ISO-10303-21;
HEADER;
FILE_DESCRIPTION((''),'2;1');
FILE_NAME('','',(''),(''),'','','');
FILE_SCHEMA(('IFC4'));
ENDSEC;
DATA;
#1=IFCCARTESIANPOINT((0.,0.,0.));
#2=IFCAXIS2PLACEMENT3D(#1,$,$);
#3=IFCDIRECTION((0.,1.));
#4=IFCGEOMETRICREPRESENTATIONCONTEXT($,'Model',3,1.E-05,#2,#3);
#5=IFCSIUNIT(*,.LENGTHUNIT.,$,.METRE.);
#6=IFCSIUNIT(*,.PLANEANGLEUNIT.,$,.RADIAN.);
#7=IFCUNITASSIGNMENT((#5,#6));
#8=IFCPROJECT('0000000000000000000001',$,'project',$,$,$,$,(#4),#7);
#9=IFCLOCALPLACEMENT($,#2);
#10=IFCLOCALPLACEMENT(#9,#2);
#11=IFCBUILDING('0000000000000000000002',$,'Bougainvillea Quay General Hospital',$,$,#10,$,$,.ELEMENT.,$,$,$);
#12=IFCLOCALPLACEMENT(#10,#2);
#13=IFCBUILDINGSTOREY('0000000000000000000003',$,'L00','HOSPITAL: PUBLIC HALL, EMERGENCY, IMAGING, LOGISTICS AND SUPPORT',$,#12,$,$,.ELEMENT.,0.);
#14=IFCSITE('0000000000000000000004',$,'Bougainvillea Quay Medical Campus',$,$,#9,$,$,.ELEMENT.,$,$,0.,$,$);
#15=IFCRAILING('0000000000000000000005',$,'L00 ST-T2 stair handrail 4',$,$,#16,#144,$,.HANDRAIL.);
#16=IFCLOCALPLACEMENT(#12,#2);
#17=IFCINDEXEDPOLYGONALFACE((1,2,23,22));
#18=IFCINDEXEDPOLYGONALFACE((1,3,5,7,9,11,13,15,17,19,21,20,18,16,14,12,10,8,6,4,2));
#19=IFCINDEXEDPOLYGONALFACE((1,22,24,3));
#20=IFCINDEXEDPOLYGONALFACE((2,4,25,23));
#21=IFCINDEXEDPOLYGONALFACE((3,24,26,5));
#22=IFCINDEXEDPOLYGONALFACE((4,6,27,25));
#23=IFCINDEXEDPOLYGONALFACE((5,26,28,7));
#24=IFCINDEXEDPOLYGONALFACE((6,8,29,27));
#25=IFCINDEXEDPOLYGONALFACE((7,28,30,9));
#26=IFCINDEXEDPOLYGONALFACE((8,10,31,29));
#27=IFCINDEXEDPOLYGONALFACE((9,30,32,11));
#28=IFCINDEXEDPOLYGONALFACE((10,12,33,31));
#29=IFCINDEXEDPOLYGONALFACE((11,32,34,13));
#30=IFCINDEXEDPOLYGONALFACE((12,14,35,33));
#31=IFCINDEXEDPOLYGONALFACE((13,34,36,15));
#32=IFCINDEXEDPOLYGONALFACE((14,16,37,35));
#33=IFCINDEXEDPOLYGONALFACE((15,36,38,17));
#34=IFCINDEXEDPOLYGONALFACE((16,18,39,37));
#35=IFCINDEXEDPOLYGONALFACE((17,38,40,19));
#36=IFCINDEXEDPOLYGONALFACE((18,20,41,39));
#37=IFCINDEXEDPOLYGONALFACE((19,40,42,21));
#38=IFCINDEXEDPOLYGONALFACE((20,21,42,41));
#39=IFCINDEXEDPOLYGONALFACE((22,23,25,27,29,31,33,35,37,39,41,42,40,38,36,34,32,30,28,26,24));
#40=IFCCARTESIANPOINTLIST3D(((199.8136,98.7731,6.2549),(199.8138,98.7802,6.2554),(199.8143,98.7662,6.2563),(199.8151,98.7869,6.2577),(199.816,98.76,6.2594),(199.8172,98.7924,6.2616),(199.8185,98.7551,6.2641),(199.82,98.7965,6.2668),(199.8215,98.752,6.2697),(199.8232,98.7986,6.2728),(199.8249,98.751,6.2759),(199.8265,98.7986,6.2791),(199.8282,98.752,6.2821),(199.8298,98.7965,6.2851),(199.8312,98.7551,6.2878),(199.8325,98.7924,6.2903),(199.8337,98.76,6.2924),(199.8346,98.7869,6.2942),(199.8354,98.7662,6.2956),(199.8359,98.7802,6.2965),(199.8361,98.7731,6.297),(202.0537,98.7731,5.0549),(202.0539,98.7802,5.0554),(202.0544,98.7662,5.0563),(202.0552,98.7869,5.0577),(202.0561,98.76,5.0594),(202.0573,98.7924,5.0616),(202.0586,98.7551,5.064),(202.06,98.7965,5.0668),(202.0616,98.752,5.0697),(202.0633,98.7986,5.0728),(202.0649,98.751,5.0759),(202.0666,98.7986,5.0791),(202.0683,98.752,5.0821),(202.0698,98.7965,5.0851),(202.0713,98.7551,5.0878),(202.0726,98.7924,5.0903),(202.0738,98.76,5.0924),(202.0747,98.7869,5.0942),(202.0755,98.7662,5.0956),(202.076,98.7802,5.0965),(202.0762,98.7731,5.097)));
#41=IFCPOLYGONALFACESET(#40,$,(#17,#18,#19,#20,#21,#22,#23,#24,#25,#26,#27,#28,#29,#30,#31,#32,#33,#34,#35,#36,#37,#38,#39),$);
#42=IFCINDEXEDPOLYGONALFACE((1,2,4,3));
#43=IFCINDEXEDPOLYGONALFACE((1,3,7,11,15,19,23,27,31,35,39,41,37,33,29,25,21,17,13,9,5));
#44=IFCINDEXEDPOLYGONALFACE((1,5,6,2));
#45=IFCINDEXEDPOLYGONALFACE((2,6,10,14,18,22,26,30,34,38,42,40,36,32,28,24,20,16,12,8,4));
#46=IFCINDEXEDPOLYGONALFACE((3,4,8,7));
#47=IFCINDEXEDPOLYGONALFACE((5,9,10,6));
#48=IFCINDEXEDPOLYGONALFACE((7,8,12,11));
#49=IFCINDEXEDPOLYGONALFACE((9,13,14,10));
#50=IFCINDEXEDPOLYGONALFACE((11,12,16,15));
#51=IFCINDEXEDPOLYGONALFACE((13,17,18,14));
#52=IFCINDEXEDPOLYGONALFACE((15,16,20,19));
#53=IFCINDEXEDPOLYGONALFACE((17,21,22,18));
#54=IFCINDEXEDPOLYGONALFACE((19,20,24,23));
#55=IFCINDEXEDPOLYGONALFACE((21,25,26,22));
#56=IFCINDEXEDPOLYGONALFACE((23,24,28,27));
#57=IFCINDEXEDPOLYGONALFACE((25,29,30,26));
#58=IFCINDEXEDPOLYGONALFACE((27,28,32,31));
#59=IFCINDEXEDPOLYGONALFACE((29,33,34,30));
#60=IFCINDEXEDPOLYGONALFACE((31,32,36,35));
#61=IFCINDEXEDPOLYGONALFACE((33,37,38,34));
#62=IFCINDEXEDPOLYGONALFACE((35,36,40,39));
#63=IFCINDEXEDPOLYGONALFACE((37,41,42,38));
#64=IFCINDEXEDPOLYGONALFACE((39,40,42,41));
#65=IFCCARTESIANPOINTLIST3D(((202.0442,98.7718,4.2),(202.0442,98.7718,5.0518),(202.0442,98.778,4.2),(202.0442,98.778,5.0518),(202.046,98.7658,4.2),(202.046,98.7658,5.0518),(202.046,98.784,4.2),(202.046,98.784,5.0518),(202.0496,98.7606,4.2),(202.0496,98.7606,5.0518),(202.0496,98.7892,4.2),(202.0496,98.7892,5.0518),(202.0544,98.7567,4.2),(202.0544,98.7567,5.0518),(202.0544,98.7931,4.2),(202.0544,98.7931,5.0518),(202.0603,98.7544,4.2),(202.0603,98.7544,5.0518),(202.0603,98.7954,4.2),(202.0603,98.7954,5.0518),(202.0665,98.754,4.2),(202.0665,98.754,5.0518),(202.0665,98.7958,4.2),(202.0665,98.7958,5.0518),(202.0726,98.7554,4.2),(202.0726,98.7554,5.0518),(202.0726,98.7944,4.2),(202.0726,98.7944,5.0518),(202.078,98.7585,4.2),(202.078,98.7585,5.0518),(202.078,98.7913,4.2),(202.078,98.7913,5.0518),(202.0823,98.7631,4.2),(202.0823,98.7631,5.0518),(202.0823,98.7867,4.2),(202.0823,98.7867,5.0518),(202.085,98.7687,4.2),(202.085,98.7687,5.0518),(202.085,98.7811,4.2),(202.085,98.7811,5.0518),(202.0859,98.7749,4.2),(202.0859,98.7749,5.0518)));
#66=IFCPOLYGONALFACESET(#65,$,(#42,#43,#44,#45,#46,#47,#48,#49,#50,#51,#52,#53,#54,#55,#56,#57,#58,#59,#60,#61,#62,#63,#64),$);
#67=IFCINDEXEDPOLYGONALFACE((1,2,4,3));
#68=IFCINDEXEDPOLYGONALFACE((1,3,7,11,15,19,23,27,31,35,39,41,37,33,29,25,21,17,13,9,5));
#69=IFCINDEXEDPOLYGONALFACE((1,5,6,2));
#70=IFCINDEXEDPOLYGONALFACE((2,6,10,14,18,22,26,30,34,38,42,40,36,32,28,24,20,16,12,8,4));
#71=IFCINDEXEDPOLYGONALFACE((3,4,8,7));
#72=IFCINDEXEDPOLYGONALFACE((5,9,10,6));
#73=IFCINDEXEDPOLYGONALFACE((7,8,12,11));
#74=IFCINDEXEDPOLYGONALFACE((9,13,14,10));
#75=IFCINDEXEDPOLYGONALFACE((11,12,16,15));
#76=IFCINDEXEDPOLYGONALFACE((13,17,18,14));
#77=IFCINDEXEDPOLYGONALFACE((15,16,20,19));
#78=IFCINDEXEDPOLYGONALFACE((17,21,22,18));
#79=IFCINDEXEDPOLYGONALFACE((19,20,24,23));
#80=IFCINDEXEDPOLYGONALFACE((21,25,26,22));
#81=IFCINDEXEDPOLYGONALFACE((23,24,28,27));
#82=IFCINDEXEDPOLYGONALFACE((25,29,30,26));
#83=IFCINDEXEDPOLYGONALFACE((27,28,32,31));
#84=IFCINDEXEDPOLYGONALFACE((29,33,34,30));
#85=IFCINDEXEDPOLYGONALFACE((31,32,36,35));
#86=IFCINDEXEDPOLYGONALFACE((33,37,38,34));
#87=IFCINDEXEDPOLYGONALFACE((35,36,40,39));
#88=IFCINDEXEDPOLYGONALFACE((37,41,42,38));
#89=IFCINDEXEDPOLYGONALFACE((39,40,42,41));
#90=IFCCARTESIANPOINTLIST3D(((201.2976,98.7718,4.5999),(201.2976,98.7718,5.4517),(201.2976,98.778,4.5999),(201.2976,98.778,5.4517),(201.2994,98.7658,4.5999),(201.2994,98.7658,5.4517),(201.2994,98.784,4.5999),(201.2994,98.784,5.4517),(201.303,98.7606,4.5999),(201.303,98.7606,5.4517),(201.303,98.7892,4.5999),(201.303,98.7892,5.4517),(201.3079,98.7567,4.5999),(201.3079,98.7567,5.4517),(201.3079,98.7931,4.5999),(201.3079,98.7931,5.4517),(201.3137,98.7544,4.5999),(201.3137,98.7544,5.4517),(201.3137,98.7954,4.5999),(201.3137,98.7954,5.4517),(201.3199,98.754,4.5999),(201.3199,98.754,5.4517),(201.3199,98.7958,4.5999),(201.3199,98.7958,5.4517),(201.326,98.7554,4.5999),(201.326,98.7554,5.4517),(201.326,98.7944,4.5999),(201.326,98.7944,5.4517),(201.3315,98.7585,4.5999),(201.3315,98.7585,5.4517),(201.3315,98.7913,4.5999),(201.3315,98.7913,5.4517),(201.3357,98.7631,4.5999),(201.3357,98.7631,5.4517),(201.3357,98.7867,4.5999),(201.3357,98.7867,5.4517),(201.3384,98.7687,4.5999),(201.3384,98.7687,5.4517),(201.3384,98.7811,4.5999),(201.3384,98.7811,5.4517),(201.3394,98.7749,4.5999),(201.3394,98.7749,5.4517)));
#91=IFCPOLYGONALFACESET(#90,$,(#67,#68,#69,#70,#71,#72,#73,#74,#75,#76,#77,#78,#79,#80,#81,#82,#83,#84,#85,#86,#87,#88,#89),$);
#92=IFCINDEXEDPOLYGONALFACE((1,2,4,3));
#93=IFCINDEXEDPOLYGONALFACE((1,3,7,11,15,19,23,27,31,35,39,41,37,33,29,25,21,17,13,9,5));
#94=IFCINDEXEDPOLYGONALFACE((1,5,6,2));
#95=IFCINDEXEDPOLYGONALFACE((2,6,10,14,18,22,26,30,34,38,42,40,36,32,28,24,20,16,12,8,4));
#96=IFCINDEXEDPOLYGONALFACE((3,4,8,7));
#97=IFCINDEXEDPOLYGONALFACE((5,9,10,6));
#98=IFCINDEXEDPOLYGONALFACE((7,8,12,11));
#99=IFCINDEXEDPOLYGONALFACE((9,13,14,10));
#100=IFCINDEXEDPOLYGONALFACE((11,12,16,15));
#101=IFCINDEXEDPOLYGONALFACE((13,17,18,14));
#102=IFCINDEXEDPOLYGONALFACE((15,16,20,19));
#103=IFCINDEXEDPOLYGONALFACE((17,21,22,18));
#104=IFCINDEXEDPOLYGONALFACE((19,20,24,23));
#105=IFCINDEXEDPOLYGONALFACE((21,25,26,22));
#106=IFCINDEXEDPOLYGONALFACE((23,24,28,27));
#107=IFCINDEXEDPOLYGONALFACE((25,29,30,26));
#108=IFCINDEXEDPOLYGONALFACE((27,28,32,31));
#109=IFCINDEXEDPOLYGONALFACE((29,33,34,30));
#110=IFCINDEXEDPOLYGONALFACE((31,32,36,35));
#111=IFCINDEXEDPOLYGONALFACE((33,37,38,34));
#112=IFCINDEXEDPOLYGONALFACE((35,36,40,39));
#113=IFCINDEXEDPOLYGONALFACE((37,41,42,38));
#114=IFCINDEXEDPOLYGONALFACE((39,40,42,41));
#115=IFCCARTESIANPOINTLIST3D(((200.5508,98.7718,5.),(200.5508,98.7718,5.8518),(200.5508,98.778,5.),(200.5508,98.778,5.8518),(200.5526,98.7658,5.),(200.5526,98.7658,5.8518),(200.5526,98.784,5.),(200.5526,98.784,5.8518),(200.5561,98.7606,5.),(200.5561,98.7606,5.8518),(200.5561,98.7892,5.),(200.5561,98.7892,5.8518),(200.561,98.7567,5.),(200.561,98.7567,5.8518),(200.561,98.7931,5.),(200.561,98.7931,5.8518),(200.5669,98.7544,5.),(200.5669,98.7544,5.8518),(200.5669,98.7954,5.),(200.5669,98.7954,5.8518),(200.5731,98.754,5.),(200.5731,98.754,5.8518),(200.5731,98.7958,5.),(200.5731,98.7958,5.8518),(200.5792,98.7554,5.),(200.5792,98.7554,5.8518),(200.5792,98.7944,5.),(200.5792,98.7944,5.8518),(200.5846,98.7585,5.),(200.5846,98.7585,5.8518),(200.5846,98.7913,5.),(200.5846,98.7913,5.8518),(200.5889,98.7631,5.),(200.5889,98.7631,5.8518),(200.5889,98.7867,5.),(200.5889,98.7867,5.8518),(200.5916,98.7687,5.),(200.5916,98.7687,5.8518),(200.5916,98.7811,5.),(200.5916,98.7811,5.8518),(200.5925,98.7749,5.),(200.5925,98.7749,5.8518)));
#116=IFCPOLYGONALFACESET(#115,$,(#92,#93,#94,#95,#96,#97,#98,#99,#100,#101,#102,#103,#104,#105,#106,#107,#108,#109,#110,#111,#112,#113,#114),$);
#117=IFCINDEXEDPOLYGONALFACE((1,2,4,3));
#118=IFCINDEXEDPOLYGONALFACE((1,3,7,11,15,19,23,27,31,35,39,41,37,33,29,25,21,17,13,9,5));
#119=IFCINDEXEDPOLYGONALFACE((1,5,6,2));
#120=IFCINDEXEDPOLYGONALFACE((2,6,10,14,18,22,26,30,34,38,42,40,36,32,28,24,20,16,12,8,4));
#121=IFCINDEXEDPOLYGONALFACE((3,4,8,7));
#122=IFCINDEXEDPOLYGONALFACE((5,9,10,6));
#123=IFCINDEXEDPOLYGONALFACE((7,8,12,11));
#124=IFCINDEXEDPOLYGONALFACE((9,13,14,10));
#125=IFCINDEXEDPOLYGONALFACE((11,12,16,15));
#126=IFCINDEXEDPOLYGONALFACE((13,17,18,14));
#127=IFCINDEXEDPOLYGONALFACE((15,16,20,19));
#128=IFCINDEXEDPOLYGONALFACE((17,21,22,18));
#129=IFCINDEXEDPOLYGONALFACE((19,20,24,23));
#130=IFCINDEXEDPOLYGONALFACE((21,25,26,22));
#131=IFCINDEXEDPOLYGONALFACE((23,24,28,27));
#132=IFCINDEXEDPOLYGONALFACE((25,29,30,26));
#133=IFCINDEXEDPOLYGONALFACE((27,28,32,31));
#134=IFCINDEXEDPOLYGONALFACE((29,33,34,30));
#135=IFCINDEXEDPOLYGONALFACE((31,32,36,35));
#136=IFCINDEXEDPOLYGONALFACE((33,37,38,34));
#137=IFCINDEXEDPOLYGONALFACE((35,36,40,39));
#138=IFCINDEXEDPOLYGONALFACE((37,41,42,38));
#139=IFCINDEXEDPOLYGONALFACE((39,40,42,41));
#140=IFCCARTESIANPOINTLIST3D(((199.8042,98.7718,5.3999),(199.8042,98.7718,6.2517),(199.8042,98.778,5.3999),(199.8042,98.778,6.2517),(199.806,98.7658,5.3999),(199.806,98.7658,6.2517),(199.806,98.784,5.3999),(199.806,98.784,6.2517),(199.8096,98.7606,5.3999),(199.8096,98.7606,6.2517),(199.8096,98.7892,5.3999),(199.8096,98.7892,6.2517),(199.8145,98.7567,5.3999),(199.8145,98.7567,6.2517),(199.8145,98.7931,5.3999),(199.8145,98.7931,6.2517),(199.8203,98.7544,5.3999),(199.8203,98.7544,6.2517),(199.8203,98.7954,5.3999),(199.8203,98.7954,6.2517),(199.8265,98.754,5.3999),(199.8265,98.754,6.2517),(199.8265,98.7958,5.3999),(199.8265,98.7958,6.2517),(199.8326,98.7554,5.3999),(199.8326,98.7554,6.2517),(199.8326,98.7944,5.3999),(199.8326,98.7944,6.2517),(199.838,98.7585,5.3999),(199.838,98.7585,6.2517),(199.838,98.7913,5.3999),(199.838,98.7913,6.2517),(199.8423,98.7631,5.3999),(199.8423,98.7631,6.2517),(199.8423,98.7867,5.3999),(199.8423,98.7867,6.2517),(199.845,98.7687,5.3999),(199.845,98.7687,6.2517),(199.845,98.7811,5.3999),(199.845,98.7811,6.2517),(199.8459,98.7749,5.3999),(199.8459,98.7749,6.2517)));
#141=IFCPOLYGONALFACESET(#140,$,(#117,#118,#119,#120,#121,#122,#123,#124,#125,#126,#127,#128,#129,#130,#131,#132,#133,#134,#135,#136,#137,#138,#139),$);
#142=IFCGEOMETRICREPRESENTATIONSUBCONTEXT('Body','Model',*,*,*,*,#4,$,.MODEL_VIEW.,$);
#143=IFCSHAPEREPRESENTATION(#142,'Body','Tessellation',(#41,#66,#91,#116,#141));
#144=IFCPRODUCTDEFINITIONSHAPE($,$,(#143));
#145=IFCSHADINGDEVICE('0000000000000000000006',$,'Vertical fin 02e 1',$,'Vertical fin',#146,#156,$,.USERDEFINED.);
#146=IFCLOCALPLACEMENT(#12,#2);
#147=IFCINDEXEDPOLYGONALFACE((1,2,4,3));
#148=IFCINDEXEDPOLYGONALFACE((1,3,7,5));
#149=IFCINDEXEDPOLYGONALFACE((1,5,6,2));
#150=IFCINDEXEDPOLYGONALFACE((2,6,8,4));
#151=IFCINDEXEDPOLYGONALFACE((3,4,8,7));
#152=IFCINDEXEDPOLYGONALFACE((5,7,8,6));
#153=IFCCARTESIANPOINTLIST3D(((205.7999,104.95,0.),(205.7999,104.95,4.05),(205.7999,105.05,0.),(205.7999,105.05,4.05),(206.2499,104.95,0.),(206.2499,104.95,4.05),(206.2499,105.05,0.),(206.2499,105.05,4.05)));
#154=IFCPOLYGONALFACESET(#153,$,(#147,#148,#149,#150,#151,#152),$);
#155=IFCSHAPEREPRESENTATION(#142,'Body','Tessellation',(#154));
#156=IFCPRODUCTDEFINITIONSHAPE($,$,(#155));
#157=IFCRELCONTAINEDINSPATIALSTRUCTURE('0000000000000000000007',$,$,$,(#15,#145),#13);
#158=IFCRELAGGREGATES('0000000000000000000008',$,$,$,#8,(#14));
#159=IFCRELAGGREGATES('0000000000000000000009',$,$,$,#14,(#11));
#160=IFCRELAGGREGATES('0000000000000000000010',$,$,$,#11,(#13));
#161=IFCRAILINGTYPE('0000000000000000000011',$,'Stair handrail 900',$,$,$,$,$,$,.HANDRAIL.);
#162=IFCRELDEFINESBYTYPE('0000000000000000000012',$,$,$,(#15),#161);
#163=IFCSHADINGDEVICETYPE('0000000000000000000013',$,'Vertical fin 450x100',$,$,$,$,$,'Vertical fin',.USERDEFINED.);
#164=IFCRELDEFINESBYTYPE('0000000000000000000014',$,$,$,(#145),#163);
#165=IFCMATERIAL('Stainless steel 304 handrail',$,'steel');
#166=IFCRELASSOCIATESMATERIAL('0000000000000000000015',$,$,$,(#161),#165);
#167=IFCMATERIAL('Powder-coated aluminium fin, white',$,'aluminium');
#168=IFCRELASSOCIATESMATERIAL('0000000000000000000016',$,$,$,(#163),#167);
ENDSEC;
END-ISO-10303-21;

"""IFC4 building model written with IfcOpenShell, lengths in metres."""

from ifc_helpers import new_model, si_unit, direction, frame, origin, origin_2d, place, context, subcontext, project, spatial, rectangle, circle, extrude, material, material_profile, profile_set, type_object, element, save


model = new_model("IFC4")

# Units and contexts
model_context = context("Model", 3, precision=1e-05, world=origin(), true_north=direction((0.0, 1.0)))
body_context = subcontext(model_context, "Body", "Model", "MODEL_VIEW")
ifc_project = project(units=[si_unit("LENGTHUNIT", "METRE"), si_unit("PLANEANGLEUNIT", "RADIAN")], contexts=[model_context])

# Site, building, storey
site_placement = place(None, origin())
site = spatial("IfcSite", under=ifc_project, at=site_placement, Name="Bougainvillea Quay Medical Campus", CompositionType="ELEMENT", RefElevation=0.0)
building_placement = place(site_placement, origin())
building = spatial("IfcBuilding", under=site, at=building_placement, Name="Bougainvillea Quay General Hospital", CompositionType="ELEMENT")
storey_placement = place(building_placement, origin())
storey = spatial("IfcBuildingStorey", under=building, at=storey_placement, Name="L00", Description="HOSPITAL: PUBLIC HALL, EMERGENCY, IMAGING, LOGISTICS AND SUPPORT", CompositionType="ELEMENT", Elevation=0.0)

# Railing
ifc_material_1 = material(Name="Stainless steel 304 handrail", Category="steel")
railing_type_1 = type_object("IfcRailingType", Name="Stair handrail 900", PredefinedType="HANDRAIL", material=ifc_material_1)
for number, where, name in (
    (1, (202.0649, 98.7749, 4.2), "L00 ST-T2 stair handrail 4"),
):
    element("IfcRailing", number, at=place(storey_placement, frame(where)), inside=storey, type_object=railing_type_1, Name=name, PredefinedType="HANDRAIL", context=body_context, shape_type="SweptSolid", body=[
        extrude(circle(Radius=0.0239, at=origin_2d()), frame((0.0, 0.0, 0.876), z_axis=(-0.881487, 0.0, 0.472208), x_axis=(0.0, -1.0, 0.0)), (0.0, 0.0, 1.0), 2.5413),
        extrude(circle(Radius=0.021, at=origin_2d()), origin(), (0.0, 0.0, 1.0), 0.8518),
        extrude(circle(Radius=0.021, at=origin_2d()), frame((-0.7466, 0.0, 0.3999)), (0.0, 0.0, 1.0), 0.8518),
        extrude(circle(Radius=0.021, at=origin_2d()), frame((-1.4934, 0.0, 0.8)), (0.0, 0.0, 1.0), 0.8518),
        extrude(circle(Radius=0.021, at=origin_2d()), frame((-2.24, 0.0, 1.2)), (0.0, 0.0, 1.0), 0.8518),
    ])

# Shading device
ifc_material_2 = material(Name="Powder-coated aluminium fin, white", Category="aluminium")
ifc_material_profile_1 = material_profile(ifc_material_2, rectangle(XDim=0.45, YDim=0.1001, at=origin_2d()))
ifc_profile_set_1 = profile_set([ifc_material_profile_1], Name="Powder-coated aluminium fin, white")
shading_device_type = type_object("IfcShadingDeviceType", Name="Vertical fin 450x100", ElementType="Vertical fin", PredefinedType="USERDEFINED", material=ifc_profile_set_1)
shading_device_placement = place(storey_placement, frame((206.0249, 105.0, 0.0), z_axis=(0.0, 0.0, 1.0), x_axis=(1.0, 0.0, 0.0)))
element("IfcShadingDevice", 2, at=shading_device_placement, inside=storey, type_object=shading_device_type, Name="Vertical fin 02e 1", ObjectType="Vertical fin", PredefinedType="USERDEFINED", context=body_context, shape_type="SweptSolid", body=[
    extrude(rectangle(XDim=0.45, YDim=0.1001, at=origin_2d()), origin(), (0.0, 0.0, 1.0), 4.05),
])

save(model, "model.ifc")
